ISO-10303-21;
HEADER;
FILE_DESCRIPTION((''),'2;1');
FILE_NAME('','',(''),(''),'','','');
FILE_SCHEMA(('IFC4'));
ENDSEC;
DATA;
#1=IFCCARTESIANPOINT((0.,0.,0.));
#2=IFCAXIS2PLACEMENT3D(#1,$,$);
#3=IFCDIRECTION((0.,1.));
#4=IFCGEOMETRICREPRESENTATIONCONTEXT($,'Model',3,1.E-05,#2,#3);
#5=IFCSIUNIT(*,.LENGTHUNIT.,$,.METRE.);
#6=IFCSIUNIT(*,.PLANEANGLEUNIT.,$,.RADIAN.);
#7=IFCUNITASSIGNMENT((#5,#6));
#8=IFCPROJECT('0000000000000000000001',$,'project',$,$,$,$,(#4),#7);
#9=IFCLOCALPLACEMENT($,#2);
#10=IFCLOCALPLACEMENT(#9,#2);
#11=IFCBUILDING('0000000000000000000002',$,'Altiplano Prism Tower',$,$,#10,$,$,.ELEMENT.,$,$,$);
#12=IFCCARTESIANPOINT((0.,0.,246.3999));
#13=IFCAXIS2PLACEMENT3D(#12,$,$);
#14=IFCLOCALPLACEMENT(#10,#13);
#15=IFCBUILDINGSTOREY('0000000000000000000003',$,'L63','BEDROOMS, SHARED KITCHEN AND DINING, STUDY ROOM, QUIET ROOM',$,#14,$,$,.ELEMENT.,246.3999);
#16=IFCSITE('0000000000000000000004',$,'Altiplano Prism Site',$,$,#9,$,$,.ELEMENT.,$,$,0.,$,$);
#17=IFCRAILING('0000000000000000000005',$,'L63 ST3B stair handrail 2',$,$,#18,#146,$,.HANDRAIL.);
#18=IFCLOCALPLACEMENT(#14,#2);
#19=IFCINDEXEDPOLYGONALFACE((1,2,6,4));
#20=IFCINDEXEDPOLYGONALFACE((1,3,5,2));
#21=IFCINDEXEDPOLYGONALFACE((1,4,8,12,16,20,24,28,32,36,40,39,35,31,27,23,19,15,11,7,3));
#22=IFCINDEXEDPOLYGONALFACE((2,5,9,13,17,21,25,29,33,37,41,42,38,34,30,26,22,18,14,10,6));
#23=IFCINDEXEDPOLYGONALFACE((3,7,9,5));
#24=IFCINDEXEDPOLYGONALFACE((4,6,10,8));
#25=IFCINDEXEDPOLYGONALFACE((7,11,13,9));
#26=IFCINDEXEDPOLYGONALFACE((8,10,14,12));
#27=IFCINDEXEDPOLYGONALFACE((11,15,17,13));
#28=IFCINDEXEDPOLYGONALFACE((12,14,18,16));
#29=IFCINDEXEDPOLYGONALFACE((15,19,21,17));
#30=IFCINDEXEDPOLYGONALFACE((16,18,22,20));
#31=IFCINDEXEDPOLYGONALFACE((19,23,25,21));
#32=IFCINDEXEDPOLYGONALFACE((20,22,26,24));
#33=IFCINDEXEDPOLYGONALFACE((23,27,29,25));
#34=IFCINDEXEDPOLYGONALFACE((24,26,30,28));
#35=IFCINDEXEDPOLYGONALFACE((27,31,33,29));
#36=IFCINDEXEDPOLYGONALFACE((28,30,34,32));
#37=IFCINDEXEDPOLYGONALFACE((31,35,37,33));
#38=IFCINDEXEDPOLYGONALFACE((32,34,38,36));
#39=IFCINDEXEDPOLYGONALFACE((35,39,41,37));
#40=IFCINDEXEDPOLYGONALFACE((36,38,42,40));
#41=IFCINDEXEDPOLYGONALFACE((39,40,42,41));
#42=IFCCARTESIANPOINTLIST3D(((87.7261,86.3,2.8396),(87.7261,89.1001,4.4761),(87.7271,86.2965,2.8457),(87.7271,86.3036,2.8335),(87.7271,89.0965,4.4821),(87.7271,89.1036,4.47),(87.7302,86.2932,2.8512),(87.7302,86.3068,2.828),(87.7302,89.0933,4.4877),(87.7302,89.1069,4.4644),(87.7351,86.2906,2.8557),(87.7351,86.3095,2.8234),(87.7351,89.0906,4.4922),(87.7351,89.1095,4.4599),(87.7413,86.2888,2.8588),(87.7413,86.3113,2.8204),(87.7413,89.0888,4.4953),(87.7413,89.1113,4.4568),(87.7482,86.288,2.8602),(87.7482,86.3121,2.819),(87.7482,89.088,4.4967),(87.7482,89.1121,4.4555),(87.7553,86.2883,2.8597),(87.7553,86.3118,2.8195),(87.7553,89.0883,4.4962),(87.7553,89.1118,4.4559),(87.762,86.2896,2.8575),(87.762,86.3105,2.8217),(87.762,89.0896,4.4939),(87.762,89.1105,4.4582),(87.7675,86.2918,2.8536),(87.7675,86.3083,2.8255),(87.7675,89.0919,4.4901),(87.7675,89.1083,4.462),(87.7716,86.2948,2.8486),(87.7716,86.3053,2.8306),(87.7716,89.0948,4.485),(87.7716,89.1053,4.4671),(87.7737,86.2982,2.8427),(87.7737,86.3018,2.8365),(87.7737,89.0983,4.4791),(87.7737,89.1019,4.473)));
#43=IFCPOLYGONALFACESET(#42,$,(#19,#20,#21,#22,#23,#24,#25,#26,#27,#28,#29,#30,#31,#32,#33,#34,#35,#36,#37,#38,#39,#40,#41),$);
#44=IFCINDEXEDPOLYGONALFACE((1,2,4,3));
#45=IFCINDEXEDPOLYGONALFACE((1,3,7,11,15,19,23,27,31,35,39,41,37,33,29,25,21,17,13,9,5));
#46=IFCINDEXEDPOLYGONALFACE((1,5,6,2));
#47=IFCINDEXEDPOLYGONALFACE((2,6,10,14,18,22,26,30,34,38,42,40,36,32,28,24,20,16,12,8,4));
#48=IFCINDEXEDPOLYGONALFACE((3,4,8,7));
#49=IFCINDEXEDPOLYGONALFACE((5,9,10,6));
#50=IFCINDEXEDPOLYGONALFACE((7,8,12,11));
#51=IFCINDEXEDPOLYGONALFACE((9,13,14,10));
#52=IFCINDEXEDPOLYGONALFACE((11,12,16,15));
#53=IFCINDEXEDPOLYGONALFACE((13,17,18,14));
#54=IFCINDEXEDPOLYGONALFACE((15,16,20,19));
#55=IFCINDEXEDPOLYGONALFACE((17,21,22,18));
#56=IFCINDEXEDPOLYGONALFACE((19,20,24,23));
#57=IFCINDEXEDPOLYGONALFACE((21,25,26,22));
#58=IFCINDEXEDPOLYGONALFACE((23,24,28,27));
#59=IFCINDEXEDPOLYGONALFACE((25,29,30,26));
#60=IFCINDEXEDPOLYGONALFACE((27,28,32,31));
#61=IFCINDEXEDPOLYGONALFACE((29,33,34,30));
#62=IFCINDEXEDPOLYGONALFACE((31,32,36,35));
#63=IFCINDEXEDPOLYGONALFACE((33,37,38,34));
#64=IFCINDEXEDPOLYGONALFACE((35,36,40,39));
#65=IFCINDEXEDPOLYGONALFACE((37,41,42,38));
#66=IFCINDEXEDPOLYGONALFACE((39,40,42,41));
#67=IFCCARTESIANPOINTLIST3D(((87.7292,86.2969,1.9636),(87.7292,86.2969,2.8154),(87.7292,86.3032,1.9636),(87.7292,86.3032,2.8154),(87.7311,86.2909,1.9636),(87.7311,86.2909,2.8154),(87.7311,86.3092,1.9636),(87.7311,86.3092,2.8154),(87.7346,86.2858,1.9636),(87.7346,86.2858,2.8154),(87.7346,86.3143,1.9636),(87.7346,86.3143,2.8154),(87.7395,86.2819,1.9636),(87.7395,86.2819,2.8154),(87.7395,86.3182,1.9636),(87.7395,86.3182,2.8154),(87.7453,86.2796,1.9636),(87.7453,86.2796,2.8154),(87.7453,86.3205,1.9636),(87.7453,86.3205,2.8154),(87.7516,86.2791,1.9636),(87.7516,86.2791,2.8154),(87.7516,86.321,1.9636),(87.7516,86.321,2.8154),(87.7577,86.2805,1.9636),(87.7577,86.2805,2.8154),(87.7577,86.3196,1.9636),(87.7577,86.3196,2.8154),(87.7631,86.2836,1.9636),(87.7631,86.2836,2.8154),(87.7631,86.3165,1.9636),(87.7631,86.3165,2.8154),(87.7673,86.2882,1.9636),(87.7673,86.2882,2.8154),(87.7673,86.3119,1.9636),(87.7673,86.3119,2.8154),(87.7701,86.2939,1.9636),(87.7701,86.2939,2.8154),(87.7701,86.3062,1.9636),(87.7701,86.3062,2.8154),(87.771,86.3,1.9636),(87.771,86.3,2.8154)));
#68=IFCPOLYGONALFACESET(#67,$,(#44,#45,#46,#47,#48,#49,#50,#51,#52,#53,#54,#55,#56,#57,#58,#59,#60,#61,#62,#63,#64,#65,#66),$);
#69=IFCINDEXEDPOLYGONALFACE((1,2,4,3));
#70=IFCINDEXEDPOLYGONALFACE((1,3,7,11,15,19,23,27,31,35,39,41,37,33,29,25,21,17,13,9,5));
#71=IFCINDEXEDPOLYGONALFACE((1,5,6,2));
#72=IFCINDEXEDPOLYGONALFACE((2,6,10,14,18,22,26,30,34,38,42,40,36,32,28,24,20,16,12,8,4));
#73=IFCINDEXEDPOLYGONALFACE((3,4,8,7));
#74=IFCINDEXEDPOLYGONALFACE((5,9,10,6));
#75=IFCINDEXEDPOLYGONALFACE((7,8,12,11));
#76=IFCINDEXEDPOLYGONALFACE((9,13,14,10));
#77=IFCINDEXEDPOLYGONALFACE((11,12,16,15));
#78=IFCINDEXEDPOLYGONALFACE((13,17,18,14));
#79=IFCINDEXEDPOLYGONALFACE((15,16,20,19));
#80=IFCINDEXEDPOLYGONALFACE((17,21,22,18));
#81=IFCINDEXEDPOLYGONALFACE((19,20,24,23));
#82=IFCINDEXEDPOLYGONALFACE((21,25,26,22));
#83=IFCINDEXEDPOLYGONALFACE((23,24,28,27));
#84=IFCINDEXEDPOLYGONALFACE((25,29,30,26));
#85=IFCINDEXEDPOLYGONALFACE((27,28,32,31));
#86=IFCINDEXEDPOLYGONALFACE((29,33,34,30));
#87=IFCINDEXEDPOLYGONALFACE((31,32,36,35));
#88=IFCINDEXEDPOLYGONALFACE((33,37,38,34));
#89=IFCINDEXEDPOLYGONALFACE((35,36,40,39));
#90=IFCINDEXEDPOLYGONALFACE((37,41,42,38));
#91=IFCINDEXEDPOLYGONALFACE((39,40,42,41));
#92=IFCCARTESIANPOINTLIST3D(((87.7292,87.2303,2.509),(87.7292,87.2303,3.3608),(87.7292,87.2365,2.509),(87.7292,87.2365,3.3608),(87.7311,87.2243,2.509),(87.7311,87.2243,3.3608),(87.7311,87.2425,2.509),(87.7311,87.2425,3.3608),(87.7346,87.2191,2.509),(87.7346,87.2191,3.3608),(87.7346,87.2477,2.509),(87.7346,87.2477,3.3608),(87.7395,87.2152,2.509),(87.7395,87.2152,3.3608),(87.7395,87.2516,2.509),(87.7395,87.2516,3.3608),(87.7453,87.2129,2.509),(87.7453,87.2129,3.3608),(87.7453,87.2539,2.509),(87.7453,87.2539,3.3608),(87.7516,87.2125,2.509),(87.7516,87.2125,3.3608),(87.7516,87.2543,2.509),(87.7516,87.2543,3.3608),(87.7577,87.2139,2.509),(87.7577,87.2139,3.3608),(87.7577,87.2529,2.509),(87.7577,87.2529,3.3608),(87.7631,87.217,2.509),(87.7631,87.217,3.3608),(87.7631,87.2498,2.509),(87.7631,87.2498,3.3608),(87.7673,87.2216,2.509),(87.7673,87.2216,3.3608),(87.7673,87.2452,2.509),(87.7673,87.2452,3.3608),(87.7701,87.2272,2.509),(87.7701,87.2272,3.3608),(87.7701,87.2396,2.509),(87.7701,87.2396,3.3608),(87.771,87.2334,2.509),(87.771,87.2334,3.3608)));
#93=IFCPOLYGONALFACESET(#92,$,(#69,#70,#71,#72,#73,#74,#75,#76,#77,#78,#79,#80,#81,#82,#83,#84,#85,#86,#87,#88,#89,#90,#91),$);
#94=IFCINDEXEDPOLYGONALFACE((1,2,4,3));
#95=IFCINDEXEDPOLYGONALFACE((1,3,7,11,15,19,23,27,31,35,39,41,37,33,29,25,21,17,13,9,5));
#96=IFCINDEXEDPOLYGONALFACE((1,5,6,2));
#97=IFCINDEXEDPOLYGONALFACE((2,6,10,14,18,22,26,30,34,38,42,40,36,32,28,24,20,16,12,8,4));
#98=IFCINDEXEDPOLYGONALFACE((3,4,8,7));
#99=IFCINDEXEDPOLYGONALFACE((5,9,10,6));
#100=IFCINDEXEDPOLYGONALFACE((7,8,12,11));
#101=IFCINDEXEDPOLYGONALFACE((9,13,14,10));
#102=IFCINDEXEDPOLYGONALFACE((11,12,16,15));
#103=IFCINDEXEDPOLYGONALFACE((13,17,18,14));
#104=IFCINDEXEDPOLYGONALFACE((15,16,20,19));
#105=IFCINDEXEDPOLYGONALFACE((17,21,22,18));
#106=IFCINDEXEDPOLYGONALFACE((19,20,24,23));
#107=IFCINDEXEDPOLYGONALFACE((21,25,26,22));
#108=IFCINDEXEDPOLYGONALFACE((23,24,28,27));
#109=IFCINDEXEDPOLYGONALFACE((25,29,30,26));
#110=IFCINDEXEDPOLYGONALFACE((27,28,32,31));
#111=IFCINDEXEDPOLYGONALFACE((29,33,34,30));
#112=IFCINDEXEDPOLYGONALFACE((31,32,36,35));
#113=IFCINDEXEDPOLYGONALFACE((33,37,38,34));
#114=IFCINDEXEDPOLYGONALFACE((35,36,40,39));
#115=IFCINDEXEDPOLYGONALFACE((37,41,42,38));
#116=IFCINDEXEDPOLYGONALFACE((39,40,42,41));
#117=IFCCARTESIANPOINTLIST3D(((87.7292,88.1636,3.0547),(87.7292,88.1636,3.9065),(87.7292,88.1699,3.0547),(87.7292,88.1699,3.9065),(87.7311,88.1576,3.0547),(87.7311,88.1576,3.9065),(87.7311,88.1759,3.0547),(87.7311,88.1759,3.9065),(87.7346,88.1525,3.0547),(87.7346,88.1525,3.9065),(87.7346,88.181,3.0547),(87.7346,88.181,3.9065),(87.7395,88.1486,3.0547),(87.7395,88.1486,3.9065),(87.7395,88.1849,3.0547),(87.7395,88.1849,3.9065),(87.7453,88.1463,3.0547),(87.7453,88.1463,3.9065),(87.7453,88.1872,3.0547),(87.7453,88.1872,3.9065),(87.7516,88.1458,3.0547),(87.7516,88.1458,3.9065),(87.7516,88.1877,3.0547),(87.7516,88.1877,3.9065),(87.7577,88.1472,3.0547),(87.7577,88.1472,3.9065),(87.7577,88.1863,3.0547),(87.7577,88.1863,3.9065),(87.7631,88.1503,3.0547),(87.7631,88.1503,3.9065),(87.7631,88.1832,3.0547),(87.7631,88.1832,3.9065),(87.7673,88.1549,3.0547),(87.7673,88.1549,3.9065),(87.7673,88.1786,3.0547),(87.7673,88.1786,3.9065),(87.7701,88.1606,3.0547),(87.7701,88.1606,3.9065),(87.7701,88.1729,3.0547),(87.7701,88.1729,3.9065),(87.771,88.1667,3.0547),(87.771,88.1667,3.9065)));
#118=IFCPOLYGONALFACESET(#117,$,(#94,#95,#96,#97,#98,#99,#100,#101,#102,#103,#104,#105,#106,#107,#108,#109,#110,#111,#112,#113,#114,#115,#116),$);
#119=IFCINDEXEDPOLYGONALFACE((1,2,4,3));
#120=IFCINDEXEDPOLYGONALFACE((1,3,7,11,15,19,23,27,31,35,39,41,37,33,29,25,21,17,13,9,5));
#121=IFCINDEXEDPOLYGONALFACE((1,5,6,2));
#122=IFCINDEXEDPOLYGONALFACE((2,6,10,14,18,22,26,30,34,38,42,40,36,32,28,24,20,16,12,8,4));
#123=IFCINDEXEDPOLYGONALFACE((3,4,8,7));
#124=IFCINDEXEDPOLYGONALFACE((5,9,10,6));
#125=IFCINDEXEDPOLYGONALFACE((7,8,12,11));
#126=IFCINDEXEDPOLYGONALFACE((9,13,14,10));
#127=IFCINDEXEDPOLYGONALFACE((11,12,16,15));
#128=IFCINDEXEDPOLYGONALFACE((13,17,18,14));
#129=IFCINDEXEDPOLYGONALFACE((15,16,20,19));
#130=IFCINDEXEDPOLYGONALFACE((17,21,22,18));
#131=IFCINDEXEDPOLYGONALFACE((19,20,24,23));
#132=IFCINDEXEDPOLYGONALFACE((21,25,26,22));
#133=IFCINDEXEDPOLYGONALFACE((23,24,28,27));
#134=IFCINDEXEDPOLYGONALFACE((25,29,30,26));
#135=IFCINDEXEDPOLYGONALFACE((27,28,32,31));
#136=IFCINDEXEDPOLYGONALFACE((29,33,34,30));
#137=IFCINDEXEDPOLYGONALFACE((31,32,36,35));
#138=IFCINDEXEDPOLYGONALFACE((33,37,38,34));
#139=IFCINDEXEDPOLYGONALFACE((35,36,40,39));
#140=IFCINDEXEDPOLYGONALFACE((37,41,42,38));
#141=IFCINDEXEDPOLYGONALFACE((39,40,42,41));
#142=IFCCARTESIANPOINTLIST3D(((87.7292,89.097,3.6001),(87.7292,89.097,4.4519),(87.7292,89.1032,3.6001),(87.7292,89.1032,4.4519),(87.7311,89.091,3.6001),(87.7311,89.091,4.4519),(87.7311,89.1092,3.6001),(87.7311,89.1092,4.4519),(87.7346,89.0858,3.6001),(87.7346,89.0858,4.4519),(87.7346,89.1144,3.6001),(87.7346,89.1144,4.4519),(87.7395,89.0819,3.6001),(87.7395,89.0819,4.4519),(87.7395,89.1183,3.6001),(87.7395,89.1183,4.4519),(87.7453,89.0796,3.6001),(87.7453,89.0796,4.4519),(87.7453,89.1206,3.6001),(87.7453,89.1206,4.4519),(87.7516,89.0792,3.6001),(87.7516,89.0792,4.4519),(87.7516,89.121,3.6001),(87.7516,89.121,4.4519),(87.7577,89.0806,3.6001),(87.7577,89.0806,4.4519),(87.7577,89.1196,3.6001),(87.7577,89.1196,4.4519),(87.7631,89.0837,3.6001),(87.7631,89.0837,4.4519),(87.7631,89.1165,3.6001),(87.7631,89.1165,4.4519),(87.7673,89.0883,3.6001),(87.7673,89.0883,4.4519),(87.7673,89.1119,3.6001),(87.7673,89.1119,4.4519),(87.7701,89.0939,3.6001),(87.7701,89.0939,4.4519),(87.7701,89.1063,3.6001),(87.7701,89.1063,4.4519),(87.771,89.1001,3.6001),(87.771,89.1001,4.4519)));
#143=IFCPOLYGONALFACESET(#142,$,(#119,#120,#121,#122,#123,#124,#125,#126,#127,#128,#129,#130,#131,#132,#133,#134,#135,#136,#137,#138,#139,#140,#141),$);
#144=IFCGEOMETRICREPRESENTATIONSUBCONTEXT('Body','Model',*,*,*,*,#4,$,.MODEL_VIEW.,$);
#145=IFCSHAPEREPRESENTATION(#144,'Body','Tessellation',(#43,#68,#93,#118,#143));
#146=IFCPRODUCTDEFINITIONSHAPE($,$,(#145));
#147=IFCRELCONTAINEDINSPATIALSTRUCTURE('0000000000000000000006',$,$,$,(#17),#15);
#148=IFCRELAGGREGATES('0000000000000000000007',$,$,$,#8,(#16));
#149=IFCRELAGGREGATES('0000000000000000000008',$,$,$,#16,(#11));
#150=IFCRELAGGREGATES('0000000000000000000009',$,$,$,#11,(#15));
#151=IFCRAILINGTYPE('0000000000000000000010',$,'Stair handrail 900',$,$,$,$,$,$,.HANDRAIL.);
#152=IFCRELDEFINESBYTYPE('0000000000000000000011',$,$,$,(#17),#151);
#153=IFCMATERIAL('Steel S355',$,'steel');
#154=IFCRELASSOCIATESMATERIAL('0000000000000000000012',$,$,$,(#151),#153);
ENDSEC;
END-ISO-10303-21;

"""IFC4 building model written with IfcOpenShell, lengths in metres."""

from ifc_helpers import new_model, si_unit, direction, frame, origin, origin_2d, place, context, subcontext, project, spatial, circle, extrude, material, type_object, element, save


model = new_model("IFC4")

# Units and contexts
model_context = context("Model", 3, precision=1e-05, world=origin(), true_north=direction((0.0, 1.0)))
body_context = subcontext(model_context, "Body", "Model", "MODEL_VIEW")
ifc_project = project(units=[si_unit("LENGTHUNIT", "METRE"), si_unit("PLANEANGLEUNIT", "RADIAN")], contexts=[model_context])

# Site, building, storey
site_placement = place(None, origin())
site = spatial("IfcSite", under=ifc_project, at=site_placement, Name="Altiplano Prism Site", CompositionType="ELEMENT", RefElevation=0.0)
building_placement = place(site_placement, origin())
building = spatial("IfcBuilding", under=site, at=building_placement, Name="Altiplano Prism Tower", CompositionType="ELEMENT")
storey_placement = place(building_placement, frame((0.0, 0.0, 246.3999)))
storey = spatial("IfcBuildingStorey", under=building, at=storey_placement, Name="L63", Description="BEDROOMS, SHARED KITCHEN AND DINING, STUDY ROOM, QUIET ROOM", CompositionType="ELEMENT", Elevation=246.3999)

# Railing
ifc_material_1 = material(Name="Steel S355", Category="steel")
railing_type = type_object("IfcRailingType", Name="Stair handrail 900", PredefinedType="HANDRAIL", material=ifc_material_1)
railing_1_placement = place(storey_placement, frame((87.75, 86.3, 1.9636)))
element("IfcRailing", 1, at=railing_1_placement, inside=storey, type_object=railing_type, Name="L63 ST3B stair handrail 2", PredefinedType="HANDRAIL", context=body_context, shape_type="SweptSolid", body=[
    extrude(circle(Radius=0.0239, at=origin_2d()), frame((0.0, 0.0, 0.876), z_axis=(0.0, 0.863361, 0.504587), x_axis=(-1.0, 0.0, 0.0)), (0.0, 0.0, 1.0), 3.2432),
    extrude(circle(Radius=0.021, at=origin_2d()), origin(), (0.0, 0.0, 1.0), 0.8518),
    extrude(circle(Radius=0.021, at=origin_2d()), frame((0.0, 0.9333, 0.5454)), (0.0, 0.0, 1.0), 0.8518),
    extrude(circle(Radius=0.021, at=origin_2d()), frame((0.0, 1.8667, 1.0911)), (0.0, 0.0, 1.0), 0.8518),
    extrude(circle(Radius=0.021, at=origin_2d()), frame((0.0, 2.8, 1.6365)), (0.0, 0.0, 1.0), 0.8518),
])

save(model, "model.ifc")
